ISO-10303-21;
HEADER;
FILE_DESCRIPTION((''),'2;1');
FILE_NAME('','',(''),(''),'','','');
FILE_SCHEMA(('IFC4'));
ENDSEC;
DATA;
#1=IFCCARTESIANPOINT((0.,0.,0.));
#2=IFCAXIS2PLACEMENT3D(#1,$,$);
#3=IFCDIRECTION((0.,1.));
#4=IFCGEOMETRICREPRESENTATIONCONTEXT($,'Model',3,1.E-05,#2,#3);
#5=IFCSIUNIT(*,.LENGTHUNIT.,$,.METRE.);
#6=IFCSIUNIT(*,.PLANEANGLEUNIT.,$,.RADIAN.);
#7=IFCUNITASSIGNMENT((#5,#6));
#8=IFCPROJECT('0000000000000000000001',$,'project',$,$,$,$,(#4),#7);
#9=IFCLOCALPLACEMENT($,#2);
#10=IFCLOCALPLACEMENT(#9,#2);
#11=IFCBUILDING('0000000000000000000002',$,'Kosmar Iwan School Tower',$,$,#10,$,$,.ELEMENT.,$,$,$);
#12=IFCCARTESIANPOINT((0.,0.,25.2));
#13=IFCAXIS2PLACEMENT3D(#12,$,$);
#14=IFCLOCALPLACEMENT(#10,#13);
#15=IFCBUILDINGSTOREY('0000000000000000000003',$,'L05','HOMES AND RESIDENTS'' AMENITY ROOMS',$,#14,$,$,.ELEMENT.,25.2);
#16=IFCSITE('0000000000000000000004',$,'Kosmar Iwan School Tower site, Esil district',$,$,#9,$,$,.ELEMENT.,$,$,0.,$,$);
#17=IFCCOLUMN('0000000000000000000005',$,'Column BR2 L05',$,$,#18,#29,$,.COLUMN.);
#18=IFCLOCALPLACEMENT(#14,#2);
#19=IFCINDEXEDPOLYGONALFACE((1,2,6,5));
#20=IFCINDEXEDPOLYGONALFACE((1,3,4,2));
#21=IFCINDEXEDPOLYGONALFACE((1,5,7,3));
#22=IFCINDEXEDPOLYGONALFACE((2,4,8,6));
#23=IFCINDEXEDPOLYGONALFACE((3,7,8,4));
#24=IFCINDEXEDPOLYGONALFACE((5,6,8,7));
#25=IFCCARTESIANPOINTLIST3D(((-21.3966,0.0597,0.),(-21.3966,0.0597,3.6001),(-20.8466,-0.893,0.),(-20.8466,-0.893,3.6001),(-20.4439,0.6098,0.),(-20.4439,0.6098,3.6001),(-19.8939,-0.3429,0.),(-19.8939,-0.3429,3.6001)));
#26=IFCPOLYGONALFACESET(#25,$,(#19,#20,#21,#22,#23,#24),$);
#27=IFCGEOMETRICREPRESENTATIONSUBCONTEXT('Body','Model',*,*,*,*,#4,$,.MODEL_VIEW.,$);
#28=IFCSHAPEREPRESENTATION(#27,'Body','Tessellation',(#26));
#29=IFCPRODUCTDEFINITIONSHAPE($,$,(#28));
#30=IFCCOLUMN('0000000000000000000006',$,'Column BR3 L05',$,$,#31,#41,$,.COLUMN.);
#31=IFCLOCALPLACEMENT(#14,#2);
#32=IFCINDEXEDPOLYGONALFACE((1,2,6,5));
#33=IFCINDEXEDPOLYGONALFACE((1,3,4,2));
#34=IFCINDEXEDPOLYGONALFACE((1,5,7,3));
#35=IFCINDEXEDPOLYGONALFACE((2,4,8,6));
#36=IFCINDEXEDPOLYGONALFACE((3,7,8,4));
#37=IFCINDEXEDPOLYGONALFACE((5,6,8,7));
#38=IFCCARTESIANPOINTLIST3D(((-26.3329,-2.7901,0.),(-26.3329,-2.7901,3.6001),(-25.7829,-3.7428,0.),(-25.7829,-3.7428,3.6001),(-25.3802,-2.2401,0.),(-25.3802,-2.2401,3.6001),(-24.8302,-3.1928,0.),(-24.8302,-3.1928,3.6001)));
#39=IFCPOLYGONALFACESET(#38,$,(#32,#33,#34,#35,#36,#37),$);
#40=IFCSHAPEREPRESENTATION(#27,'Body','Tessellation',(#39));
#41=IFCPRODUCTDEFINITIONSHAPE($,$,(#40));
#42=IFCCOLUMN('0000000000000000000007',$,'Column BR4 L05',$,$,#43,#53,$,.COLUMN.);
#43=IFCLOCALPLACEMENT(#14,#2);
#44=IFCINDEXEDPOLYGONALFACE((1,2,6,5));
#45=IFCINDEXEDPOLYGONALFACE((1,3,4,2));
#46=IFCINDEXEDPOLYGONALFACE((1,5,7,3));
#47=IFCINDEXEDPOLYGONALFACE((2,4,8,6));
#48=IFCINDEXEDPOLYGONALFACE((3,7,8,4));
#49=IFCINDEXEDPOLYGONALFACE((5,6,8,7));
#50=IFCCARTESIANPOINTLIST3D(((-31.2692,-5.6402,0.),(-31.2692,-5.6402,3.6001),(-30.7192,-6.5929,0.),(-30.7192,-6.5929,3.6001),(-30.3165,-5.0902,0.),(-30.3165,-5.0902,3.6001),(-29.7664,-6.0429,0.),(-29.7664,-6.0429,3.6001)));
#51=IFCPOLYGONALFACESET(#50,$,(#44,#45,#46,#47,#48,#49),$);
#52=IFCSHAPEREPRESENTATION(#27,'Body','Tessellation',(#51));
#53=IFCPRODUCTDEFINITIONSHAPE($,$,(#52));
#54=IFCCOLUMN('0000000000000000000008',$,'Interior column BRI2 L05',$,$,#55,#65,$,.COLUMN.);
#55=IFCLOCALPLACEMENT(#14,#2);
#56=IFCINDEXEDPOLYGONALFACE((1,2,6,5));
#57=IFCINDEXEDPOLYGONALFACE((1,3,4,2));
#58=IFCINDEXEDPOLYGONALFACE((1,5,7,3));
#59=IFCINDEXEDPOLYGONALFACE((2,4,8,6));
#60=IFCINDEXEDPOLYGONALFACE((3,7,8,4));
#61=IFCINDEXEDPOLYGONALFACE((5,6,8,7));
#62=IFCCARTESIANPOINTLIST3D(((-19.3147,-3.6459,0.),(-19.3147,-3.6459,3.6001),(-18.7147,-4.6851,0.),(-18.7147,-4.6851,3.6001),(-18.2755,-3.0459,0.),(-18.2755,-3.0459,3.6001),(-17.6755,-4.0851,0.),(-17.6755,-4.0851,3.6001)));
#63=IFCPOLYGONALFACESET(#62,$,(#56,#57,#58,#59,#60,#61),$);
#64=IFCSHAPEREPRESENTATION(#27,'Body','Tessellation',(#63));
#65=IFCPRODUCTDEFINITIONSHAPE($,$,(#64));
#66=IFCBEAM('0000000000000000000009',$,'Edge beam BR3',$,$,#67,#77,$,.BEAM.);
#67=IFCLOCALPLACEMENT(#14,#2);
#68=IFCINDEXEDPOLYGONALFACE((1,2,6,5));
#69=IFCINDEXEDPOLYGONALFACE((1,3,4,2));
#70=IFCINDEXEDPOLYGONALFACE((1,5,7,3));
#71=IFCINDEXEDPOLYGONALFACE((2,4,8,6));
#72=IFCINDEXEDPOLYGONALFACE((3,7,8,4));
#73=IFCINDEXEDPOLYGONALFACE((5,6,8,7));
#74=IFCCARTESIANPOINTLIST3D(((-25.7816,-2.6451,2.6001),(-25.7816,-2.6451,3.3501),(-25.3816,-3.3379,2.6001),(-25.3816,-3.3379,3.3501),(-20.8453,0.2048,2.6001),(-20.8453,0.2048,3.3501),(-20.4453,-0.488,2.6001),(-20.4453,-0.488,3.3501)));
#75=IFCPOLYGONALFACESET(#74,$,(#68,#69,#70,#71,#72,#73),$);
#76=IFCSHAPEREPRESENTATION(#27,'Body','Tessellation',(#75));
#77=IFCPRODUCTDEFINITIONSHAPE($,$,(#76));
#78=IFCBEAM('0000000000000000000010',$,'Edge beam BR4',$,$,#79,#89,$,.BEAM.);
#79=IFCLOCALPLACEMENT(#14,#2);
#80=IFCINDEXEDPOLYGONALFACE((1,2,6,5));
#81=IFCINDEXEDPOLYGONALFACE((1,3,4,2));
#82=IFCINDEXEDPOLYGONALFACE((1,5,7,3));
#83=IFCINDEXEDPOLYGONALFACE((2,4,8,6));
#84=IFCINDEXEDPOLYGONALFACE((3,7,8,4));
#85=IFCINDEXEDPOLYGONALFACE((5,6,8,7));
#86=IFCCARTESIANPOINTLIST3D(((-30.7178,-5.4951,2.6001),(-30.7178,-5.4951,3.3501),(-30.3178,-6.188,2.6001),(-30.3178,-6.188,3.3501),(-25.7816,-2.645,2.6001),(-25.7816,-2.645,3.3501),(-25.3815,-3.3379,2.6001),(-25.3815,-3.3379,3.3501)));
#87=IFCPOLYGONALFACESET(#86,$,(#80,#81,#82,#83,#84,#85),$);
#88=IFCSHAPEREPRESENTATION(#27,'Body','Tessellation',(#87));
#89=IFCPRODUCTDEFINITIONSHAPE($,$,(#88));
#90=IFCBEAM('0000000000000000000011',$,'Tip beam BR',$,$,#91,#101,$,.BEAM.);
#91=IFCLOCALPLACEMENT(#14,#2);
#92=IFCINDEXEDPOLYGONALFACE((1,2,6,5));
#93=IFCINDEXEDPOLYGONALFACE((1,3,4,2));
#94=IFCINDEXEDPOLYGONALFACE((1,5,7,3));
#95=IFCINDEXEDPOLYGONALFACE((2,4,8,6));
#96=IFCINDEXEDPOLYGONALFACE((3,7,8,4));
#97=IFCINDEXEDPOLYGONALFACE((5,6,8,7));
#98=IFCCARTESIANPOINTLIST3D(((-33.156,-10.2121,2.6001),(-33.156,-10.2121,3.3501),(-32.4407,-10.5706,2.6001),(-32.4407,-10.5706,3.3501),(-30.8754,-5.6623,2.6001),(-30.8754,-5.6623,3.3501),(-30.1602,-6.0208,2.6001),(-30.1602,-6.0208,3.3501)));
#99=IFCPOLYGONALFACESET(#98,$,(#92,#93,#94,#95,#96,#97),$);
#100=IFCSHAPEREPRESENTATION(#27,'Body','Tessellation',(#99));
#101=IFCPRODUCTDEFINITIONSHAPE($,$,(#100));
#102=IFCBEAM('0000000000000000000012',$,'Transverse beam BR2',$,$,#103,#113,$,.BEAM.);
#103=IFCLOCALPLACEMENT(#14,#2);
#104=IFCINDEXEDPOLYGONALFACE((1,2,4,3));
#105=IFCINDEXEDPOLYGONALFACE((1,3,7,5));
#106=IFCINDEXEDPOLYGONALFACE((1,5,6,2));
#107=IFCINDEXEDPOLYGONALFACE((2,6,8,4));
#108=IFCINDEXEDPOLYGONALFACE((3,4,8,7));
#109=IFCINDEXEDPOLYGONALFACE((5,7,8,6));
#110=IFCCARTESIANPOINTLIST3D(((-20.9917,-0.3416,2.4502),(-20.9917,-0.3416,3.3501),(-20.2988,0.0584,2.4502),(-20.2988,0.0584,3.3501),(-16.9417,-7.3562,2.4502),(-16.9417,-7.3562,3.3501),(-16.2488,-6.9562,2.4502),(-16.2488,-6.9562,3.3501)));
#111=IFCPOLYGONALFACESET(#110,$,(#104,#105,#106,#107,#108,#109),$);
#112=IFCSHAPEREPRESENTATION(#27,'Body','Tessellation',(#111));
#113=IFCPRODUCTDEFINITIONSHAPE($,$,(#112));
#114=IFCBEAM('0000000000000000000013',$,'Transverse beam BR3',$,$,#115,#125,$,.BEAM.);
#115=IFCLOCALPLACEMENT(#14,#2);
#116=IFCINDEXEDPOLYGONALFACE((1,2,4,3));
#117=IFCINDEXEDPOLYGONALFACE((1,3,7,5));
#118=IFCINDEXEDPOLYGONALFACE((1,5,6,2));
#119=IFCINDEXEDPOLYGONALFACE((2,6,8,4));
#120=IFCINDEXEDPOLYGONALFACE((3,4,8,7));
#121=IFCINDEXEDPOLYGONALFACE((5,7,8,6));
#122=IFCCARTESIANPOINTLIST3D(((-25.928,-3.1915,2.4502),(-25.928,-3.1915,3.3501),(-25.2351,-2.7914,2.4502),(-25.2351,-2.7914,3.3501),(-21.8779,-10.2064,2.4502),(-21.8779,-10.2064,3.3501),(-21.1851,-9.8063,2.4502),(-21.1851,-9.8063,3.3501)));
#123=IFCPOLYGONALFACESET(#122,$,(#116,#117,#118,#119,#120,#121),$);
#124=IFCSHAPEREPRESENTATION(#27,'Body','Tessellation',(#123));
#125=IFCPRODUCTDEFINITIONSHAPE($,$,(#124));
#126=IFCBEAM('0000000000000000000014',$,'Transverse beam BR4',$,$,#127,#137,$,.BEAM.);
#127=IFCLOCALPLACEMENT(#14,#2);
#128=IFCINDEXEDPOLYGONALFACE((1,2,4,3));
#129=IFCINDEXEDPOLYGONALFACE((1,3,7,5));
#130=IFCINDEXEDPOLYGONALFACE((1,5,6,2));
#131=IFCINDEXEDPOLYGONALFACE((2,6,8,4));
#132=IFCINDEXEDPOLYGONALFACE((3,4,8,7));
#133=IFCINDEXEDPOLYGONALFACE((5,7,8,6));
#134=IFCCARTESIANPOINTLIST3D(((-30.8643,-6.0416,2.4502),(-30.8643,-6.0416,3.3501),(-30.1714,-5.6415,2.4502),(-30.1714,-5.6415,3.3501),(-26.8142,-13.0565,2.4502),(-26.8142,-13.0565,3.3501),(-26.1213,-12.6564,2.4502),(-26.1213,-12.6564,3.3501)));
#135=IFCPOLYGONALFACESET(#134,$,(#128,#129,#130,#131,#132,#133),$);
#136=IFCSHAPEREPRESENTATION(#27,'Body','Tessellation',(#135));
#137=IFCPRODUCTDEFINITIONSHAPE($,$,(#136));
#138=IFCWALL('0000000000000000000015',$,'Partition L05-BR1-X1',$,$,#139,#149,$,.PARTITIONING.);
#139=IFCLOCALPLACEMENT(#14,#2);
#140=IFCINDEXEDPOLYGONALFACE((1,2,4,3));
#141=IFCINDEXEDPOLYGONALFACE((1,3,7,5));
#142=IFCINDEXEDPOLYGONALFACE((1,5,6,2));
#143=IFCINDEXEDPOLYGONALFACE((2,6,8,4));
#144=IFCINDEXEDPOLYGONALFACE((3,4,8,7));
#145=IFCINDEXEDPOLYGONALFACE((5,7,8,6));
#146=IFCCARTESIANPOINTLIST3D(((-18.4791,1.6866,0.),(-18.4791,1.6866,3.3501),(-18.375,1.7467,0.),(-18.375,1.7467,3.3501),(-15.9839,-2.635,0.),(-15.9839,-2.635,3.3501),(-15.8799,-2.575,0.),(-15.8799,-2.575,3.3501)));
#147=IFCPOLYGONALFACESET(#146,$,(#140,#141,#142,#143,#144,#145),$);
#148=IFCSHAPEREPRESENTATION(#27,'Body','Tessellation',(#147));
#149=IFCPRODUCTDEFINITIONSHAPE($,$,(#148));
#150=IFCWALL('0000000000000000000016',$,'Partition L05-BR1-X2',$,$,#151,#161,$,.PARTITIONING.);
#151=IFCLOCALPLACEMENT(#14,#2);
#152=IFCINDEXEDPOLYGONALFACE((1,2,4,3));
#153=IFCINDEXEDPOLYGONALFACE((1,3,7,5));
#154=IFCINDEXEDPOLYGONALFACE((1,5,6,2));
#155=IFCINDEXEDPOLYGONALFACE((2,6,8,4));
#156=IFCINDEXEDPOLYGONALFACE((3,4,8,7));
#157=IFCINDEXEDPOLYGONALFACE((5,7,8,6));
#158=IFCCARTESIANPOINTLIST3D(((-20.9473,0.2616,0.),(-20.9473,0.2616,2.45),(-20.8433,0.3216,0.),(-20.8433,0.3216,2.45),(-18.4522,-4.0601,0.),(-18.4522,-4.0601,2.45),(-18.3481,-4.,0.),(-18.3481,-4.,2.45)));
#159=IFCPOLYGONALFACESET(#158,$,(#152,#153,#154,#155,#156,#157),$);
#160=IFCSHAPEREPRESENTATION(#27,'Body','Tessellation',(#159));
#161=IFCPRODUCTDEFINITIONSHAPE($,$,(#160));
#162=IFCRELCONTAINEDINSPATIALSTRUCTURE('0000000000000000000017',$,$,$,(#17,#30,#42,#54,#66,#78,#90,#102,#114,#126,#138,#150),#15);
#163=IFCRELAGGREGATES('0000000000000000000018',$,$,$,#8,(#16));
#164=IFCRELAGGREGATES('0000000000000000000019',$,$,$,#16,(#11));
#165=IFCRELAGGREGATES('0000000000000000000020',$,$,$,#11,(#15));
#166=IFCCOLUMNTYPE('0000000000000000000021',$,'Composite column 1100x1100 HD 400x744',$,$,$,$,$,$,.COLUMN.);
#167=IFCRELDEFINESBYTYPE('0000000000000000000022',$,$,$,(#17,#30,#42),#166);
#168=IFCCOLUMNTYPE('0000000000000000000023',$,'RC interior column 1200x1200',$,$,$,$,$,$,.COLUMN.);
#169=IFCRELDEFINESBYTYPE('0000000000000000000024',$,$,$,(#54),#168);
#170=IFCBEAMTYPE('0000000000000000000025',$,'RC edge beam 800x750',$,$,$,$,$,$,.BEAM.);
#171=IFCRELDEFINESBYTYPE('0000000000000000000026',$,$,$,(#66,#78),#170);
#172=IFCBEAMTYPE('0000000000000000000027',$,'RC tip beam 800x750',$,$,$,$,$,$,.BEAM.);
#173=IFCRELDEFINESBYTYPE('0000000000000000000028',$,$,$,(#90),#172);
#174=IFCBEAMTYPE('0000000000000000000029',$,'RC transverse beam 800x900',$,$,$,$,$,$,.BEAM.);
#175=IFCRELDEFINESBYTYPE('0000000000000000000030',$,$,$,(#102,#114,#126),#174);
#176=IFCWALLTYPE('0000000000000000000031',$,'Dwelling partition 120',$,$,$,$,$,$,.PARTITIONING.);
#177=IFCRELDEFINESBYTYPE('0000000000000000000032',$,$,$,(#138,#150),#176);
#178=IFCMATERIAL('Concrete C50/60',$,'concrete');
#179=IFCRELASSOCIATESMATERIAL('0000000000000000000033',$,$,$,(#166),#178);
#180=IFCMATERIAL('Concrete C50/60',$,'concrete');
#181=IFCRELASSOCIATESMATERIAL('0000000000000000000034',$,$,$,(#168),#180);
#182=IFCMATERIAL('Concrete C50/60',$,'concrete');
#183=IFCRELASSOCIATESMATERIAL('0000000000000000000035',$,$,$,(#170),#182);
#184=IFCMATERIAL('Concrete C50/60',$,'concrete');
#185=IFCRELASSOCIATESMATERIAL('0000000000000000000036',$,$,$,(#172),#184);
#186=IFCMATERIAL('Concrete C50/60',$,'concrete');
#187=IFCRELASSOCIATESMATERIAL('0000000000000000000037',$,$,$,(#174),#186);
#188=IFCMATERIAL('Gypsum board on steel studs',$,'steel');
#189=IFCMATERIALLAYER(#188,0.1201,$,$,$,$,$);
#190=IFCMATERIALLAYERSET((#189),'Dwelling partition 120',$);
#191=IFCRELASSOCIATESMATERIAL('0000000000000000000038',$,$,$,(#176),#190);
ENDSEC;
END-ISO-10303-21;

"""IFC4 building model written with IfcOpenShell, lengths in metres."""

from ifc_helpers import new_model, si_unit, direction, frame, frame_2d, origin, origin_2d, place, context, subcontext, project, spatial, rectangle, extrude, material, layer, layer_set, material_profile, profile_set, type_object, element, save


model = new_model("IFC4")

# Units and contexts
model_context = context("Model", 3, precision=1e-05, world=origin(), true_north=direction((0.0, 1.0)))
body_context = subcontext(model_context, "Body", "Model", "MODEL_VIEW")
ifc_project = project(units=[si_unit("LENGTHUNIT", "METRE"), si_unit("PLANEANGLEUNIT", "RADIAN")], contexts=[model_context])

# Site, building, storey
site_placement = place(None, origin())
site = spatial("IfcSite", under=ifc_project, at=site_placement, Name="Kosmar Iwan School Tower site, Esil district", CompositionType="ELEMENT", RefElevation=0.0)
building_placement = place(site_placement, origin())
building = spatial("IfcBuilding", under=site, at=building_placement, Name="Kosmar Iwan School Tower", CompositionType="ELEMENT")
storey_placement = place(building_placement, frame((0.0, 0.0, 25.2)))
storey = spatial("IfcBuildingStorey", under=building, at=storey_placement, Name="L05", Description="HOMES AND RESIDENTS' AMENITY ROOMS", CompositionType="ELEMENT", Elevation=25.2)

# Columns
ifc_material_1 = material(Name="Concrete C50/60", Category="concrete")
ifc_material_profile_1 = material_profile(ifc_material_1, rectangle(XDim=1.1001, YDim=1.1001, at=origin_2d()), Name="RC 1100x1100 + HD 400x744")
ifc_profile_set_1 = profile_set([ifc_material_profile_1], Name="Concrete C50/60")
column_type_1 = type_object("IfcColumnType", Name="Composite column 1100x1100 HD 400x744", PredefinedType="COLUMN", material=ifc_profile_set_1)
for number, where, z_axis, x_axis, name in (
    (1, (-20.6453, -0.1416, 0.0), (0.0, 0.0, 1.0), (-0.866025, -0.5, 0.0), "Column BR2 L05"),
    (2, (-25.5815, -2.9915, 0.0), (0.0, 0.0, 1.0), (-0.866025, -0.5, 0.0), "Column BR3 L05"),
    (3, (-30.5178, -5.8416, 0.0), (0.0, 0.0, 1.0), (-0.866025, -0.5, 0.0), "Column BR4 L05"),
):
    element("IfcColumn", number, at=place(storey_placement, frame(where, z_axis=z_axis, x_axis=x_axis)), inside=storey, type_object=column_type_1, Name=name, PredefinedType="COLUMN", context=body_context, shape_type="SweptSolid", body=[
        extrude(rectangle(XDim=1.1001, YDim=1.1001, at=origin_2d()), origin(), (0.0, 0.0, 1.0), 3.6001),
    ])
ifc_material_2 = material(Name="Concrete C50/60", Category="concrete")
ifc_material_profile_2 = material_profile(ifc_material_2, rectangle(XDim=1.2, YDim=1.2, at=origin_2d()), Name="RC 1200x1200")
ifc_profile_set_2 = profile_set([ifc_material_profile_2], Name="Concrete C50/60")
column_type_2 = type_object("IfcColumnType", Name="RC interior column 1200x1200", PredefinedType="COLUMN", material=ifc_profile_set_2)
column_placement = place(storey_placement, frame((-18.4951, -3.8655, 0.0), z_axis=(0.0, 0.0, 1.0), x_axis=(-0.866025, -0.5, 0.0)))
element("IfcColumn", 4, at=column_placement, inside=storey, type_object=column_type_2, Name="Interior column BRI2 L05", PredefinedType="COLUMN", context=body_context, shape_type="SweptSolid", body=[
    extrude(rectangle(XDim=1.2, YDim=1.2, at=origin_2d()), origin(), (0.0, 0.0, 1.0), 3.6001),
])

# Beams
ifc_material_3 = material(Name="Concrete C50/60", Category="concrete")
ifc_material_profile_3 = material_profile(ifc_material_3, rectangle(XDim=0.8, YDim=0.75, at=origin_2d()), Name="RC 800x750")
ifc_profile_set_3 = profile_set([ifc_material_profile_3], Name="Concrete C50/60")
beam_type_1 = type_object("IfcBeamType", Name="RC edge beam 800x750", PredefinedType="BEAM", material=ifc_profile_set_3)
for number, where, z_axis, x_axis, name in (
    (5, (-20.6453, -0.1416, 2.9751), (-0.866034, -0.499986, 0.0), (0.499986, -0.866034, 0.0), "Edge beam BR3"),
    (6, (-25.5815, -2.9915, 2.9751), (-0.866015, -0.500018, 0.0), (0.500018, -0.866015, 0.0), "Edge beam BR4"),
):
    element("IfcBeam", number, at=place(storey_placement, frame(where, z_axis=z_axis, x_axis=x_axis)), inside=storey, type_object=beam_type_1, Name=name, PredefinedType="BEAM", context=body_context, shape_type="SweptSolid", body=[
        extrude(rectangle(XDim=0.8, YDim=0.75, at=origin_2d()), origin(), (0.0, 0.0, 1.0), 5.7),
    ])
ifc_material_4 = material(Name="Concrete C50/60", Category="concrete")
ifc_material_profile_4 = material_profile(ifc_material_4, rectangle(XDim=0.8, YDim=0.75, at=origin_2d()), Name="RC 800x750")
ifc_profile_set_4 = profile_set([ifc_material_profile_4], Name="Concrete C50/60")
beam_type_2 = type_object("IfcBeamType", Name="RC tip beam 800x750", PredefinedType="BEAM", material=ifc_profile_set_4)
beam_1_placement = place(storey_placement, frame((-30.5178, -5.8416, 2.9751), z_axis=(-0.448096, -0.893985, 0.0), x_axis=(0.893985, -0.448096, 0.0)))
element("IfcBeam", 7, at=beam_1_placement, inside=storey, type_object=beam_type_2, Name="Tip beam BR", PredefinedType="BEAM", context=body_context, shape_type="SweptSolid", body=[
    extrude(rectangle(XDim=0.8, YDim=0.75, at=origin_2d()), origin(), (0.0, 0.0, 1.0), 5.0894),
])
ifc_material_5 = material(Name="Concrete C50/60", Category="concrete")
ifc_material_profile_5 = material_profile(ifc_material_5, rectangle(XDim=0.8, YDim=0.8999, at=origin_2d()), Name="RC 800x900")
ifc_profile_set_5 = profile_set([ifc_material_profile_5], Name="Concrete C50/60")
beam_type_3 = type_object("IfcBeamType", Name="RC transverse beam 800x900", PredefinedType="BEAM", material=ifc_profile_set_5)
beam_2_placement = place(storey_placement, frame((-20.6453, -0.1416, 2.9001), z_axis=(0.500013, -0.866018, 0.0), x_axis=(0.866018, 0.500013, 0.0)))
element("IfcBeam", 8, at=beam_2_placement, inside=storey, type_object=beam_type_3, Name="Transverse beam BR2", PredefinedType="BEAM", context=body_context, shape_type="SweptSolid", body=[
    extrude(rectangle(XDim=0.8, YDim=0.8999, at=origin_2d()), origin(), (0.0, 0.0, 1.0), 8.0999),
])
for number, where, z_axis, x_axis, name in (
    (9, (-25.5815, -2.9915, 2.9001), (0.5, -0.866025, 0.0), (0.866025, 0.5, 0.0), "Transverse beam BR3"),
    (10, (-30.5178, -5.8416, 2.9001), (0.5, -0.866025, 0.0), (0.866025, 0.5, 0.0), "Transverse beam BR4"),
):
    element("IfcBeam", number, at=place(storey_placement, frame(where, z_axis=z_axis, x_axis=x_axis)), inside=storey, type_object=beam_type_3, Name=name, PredefinedType="BEAM", context=body_context, shape_type="SweptSolid", body=[
        extrude(rectangle(XDim=0.8, YDim=0.8999, at=origin_2d()), origin(), (0.0, 0.0, 1.0), 8.1001),
    ])

# Walls
ifc_material_6 = material(Name="Gypsum board on steel studs", Category="steel")
ifc_layer = layer(ifc_material_6, 0.1201)
ifc_layer_set = layer_set([ifc_layer], Name="Dwelling partition 120")
wall_type = type_object("IfcWallType", Name="Dwelling partition 120", PredefinedType="PARTITIONING", material=ifc_layer_set)
wall_1_placement = place(storey_placement, frame((-15.9319, -2.605, 0.0), z_axis=(0.0, 0.0, 1.0), x_axis=(-0.500012, 0.866019, 0.0)))
element("IfcWall", 11, at=wall_1_placement, inside=storey, type_object=wall_type, Name="Partition L05-BR1-X1", PredefinedType="PARTITIONING", context=body_context, shape_type="SweptSolid", body=[
    extrude(rectangle(XDim=4.9902, YDim=0.1201, at=frame_2d((2.4951, 0.0))), origin(), (0.0, 0.0, 1.0), 3.3501),
])
wall_2_placement = place(storey_placement, frame((-18.4001, -4.03, 0.0), z_axis=(0.0, 0.0, 1.0), x_axis=(-0.500012, 0.866019, 0.0)))
element("IfcWall", 12, at=wall_2_placement, inside=storey, type_object=wall_type, Name="Partition L05-BR1-X2", PredefinedType="PARTITIONING", context=body_context, shape_type="SweptSolid", body=[
    extrude(rectangle(XDim=4.9902, YDim=0.1201, at=frame_2d((2.4951, 0.0))), origin(), (0.0, 0.0, 1.0), 2.45),
])

save(model, "model.ifc")
